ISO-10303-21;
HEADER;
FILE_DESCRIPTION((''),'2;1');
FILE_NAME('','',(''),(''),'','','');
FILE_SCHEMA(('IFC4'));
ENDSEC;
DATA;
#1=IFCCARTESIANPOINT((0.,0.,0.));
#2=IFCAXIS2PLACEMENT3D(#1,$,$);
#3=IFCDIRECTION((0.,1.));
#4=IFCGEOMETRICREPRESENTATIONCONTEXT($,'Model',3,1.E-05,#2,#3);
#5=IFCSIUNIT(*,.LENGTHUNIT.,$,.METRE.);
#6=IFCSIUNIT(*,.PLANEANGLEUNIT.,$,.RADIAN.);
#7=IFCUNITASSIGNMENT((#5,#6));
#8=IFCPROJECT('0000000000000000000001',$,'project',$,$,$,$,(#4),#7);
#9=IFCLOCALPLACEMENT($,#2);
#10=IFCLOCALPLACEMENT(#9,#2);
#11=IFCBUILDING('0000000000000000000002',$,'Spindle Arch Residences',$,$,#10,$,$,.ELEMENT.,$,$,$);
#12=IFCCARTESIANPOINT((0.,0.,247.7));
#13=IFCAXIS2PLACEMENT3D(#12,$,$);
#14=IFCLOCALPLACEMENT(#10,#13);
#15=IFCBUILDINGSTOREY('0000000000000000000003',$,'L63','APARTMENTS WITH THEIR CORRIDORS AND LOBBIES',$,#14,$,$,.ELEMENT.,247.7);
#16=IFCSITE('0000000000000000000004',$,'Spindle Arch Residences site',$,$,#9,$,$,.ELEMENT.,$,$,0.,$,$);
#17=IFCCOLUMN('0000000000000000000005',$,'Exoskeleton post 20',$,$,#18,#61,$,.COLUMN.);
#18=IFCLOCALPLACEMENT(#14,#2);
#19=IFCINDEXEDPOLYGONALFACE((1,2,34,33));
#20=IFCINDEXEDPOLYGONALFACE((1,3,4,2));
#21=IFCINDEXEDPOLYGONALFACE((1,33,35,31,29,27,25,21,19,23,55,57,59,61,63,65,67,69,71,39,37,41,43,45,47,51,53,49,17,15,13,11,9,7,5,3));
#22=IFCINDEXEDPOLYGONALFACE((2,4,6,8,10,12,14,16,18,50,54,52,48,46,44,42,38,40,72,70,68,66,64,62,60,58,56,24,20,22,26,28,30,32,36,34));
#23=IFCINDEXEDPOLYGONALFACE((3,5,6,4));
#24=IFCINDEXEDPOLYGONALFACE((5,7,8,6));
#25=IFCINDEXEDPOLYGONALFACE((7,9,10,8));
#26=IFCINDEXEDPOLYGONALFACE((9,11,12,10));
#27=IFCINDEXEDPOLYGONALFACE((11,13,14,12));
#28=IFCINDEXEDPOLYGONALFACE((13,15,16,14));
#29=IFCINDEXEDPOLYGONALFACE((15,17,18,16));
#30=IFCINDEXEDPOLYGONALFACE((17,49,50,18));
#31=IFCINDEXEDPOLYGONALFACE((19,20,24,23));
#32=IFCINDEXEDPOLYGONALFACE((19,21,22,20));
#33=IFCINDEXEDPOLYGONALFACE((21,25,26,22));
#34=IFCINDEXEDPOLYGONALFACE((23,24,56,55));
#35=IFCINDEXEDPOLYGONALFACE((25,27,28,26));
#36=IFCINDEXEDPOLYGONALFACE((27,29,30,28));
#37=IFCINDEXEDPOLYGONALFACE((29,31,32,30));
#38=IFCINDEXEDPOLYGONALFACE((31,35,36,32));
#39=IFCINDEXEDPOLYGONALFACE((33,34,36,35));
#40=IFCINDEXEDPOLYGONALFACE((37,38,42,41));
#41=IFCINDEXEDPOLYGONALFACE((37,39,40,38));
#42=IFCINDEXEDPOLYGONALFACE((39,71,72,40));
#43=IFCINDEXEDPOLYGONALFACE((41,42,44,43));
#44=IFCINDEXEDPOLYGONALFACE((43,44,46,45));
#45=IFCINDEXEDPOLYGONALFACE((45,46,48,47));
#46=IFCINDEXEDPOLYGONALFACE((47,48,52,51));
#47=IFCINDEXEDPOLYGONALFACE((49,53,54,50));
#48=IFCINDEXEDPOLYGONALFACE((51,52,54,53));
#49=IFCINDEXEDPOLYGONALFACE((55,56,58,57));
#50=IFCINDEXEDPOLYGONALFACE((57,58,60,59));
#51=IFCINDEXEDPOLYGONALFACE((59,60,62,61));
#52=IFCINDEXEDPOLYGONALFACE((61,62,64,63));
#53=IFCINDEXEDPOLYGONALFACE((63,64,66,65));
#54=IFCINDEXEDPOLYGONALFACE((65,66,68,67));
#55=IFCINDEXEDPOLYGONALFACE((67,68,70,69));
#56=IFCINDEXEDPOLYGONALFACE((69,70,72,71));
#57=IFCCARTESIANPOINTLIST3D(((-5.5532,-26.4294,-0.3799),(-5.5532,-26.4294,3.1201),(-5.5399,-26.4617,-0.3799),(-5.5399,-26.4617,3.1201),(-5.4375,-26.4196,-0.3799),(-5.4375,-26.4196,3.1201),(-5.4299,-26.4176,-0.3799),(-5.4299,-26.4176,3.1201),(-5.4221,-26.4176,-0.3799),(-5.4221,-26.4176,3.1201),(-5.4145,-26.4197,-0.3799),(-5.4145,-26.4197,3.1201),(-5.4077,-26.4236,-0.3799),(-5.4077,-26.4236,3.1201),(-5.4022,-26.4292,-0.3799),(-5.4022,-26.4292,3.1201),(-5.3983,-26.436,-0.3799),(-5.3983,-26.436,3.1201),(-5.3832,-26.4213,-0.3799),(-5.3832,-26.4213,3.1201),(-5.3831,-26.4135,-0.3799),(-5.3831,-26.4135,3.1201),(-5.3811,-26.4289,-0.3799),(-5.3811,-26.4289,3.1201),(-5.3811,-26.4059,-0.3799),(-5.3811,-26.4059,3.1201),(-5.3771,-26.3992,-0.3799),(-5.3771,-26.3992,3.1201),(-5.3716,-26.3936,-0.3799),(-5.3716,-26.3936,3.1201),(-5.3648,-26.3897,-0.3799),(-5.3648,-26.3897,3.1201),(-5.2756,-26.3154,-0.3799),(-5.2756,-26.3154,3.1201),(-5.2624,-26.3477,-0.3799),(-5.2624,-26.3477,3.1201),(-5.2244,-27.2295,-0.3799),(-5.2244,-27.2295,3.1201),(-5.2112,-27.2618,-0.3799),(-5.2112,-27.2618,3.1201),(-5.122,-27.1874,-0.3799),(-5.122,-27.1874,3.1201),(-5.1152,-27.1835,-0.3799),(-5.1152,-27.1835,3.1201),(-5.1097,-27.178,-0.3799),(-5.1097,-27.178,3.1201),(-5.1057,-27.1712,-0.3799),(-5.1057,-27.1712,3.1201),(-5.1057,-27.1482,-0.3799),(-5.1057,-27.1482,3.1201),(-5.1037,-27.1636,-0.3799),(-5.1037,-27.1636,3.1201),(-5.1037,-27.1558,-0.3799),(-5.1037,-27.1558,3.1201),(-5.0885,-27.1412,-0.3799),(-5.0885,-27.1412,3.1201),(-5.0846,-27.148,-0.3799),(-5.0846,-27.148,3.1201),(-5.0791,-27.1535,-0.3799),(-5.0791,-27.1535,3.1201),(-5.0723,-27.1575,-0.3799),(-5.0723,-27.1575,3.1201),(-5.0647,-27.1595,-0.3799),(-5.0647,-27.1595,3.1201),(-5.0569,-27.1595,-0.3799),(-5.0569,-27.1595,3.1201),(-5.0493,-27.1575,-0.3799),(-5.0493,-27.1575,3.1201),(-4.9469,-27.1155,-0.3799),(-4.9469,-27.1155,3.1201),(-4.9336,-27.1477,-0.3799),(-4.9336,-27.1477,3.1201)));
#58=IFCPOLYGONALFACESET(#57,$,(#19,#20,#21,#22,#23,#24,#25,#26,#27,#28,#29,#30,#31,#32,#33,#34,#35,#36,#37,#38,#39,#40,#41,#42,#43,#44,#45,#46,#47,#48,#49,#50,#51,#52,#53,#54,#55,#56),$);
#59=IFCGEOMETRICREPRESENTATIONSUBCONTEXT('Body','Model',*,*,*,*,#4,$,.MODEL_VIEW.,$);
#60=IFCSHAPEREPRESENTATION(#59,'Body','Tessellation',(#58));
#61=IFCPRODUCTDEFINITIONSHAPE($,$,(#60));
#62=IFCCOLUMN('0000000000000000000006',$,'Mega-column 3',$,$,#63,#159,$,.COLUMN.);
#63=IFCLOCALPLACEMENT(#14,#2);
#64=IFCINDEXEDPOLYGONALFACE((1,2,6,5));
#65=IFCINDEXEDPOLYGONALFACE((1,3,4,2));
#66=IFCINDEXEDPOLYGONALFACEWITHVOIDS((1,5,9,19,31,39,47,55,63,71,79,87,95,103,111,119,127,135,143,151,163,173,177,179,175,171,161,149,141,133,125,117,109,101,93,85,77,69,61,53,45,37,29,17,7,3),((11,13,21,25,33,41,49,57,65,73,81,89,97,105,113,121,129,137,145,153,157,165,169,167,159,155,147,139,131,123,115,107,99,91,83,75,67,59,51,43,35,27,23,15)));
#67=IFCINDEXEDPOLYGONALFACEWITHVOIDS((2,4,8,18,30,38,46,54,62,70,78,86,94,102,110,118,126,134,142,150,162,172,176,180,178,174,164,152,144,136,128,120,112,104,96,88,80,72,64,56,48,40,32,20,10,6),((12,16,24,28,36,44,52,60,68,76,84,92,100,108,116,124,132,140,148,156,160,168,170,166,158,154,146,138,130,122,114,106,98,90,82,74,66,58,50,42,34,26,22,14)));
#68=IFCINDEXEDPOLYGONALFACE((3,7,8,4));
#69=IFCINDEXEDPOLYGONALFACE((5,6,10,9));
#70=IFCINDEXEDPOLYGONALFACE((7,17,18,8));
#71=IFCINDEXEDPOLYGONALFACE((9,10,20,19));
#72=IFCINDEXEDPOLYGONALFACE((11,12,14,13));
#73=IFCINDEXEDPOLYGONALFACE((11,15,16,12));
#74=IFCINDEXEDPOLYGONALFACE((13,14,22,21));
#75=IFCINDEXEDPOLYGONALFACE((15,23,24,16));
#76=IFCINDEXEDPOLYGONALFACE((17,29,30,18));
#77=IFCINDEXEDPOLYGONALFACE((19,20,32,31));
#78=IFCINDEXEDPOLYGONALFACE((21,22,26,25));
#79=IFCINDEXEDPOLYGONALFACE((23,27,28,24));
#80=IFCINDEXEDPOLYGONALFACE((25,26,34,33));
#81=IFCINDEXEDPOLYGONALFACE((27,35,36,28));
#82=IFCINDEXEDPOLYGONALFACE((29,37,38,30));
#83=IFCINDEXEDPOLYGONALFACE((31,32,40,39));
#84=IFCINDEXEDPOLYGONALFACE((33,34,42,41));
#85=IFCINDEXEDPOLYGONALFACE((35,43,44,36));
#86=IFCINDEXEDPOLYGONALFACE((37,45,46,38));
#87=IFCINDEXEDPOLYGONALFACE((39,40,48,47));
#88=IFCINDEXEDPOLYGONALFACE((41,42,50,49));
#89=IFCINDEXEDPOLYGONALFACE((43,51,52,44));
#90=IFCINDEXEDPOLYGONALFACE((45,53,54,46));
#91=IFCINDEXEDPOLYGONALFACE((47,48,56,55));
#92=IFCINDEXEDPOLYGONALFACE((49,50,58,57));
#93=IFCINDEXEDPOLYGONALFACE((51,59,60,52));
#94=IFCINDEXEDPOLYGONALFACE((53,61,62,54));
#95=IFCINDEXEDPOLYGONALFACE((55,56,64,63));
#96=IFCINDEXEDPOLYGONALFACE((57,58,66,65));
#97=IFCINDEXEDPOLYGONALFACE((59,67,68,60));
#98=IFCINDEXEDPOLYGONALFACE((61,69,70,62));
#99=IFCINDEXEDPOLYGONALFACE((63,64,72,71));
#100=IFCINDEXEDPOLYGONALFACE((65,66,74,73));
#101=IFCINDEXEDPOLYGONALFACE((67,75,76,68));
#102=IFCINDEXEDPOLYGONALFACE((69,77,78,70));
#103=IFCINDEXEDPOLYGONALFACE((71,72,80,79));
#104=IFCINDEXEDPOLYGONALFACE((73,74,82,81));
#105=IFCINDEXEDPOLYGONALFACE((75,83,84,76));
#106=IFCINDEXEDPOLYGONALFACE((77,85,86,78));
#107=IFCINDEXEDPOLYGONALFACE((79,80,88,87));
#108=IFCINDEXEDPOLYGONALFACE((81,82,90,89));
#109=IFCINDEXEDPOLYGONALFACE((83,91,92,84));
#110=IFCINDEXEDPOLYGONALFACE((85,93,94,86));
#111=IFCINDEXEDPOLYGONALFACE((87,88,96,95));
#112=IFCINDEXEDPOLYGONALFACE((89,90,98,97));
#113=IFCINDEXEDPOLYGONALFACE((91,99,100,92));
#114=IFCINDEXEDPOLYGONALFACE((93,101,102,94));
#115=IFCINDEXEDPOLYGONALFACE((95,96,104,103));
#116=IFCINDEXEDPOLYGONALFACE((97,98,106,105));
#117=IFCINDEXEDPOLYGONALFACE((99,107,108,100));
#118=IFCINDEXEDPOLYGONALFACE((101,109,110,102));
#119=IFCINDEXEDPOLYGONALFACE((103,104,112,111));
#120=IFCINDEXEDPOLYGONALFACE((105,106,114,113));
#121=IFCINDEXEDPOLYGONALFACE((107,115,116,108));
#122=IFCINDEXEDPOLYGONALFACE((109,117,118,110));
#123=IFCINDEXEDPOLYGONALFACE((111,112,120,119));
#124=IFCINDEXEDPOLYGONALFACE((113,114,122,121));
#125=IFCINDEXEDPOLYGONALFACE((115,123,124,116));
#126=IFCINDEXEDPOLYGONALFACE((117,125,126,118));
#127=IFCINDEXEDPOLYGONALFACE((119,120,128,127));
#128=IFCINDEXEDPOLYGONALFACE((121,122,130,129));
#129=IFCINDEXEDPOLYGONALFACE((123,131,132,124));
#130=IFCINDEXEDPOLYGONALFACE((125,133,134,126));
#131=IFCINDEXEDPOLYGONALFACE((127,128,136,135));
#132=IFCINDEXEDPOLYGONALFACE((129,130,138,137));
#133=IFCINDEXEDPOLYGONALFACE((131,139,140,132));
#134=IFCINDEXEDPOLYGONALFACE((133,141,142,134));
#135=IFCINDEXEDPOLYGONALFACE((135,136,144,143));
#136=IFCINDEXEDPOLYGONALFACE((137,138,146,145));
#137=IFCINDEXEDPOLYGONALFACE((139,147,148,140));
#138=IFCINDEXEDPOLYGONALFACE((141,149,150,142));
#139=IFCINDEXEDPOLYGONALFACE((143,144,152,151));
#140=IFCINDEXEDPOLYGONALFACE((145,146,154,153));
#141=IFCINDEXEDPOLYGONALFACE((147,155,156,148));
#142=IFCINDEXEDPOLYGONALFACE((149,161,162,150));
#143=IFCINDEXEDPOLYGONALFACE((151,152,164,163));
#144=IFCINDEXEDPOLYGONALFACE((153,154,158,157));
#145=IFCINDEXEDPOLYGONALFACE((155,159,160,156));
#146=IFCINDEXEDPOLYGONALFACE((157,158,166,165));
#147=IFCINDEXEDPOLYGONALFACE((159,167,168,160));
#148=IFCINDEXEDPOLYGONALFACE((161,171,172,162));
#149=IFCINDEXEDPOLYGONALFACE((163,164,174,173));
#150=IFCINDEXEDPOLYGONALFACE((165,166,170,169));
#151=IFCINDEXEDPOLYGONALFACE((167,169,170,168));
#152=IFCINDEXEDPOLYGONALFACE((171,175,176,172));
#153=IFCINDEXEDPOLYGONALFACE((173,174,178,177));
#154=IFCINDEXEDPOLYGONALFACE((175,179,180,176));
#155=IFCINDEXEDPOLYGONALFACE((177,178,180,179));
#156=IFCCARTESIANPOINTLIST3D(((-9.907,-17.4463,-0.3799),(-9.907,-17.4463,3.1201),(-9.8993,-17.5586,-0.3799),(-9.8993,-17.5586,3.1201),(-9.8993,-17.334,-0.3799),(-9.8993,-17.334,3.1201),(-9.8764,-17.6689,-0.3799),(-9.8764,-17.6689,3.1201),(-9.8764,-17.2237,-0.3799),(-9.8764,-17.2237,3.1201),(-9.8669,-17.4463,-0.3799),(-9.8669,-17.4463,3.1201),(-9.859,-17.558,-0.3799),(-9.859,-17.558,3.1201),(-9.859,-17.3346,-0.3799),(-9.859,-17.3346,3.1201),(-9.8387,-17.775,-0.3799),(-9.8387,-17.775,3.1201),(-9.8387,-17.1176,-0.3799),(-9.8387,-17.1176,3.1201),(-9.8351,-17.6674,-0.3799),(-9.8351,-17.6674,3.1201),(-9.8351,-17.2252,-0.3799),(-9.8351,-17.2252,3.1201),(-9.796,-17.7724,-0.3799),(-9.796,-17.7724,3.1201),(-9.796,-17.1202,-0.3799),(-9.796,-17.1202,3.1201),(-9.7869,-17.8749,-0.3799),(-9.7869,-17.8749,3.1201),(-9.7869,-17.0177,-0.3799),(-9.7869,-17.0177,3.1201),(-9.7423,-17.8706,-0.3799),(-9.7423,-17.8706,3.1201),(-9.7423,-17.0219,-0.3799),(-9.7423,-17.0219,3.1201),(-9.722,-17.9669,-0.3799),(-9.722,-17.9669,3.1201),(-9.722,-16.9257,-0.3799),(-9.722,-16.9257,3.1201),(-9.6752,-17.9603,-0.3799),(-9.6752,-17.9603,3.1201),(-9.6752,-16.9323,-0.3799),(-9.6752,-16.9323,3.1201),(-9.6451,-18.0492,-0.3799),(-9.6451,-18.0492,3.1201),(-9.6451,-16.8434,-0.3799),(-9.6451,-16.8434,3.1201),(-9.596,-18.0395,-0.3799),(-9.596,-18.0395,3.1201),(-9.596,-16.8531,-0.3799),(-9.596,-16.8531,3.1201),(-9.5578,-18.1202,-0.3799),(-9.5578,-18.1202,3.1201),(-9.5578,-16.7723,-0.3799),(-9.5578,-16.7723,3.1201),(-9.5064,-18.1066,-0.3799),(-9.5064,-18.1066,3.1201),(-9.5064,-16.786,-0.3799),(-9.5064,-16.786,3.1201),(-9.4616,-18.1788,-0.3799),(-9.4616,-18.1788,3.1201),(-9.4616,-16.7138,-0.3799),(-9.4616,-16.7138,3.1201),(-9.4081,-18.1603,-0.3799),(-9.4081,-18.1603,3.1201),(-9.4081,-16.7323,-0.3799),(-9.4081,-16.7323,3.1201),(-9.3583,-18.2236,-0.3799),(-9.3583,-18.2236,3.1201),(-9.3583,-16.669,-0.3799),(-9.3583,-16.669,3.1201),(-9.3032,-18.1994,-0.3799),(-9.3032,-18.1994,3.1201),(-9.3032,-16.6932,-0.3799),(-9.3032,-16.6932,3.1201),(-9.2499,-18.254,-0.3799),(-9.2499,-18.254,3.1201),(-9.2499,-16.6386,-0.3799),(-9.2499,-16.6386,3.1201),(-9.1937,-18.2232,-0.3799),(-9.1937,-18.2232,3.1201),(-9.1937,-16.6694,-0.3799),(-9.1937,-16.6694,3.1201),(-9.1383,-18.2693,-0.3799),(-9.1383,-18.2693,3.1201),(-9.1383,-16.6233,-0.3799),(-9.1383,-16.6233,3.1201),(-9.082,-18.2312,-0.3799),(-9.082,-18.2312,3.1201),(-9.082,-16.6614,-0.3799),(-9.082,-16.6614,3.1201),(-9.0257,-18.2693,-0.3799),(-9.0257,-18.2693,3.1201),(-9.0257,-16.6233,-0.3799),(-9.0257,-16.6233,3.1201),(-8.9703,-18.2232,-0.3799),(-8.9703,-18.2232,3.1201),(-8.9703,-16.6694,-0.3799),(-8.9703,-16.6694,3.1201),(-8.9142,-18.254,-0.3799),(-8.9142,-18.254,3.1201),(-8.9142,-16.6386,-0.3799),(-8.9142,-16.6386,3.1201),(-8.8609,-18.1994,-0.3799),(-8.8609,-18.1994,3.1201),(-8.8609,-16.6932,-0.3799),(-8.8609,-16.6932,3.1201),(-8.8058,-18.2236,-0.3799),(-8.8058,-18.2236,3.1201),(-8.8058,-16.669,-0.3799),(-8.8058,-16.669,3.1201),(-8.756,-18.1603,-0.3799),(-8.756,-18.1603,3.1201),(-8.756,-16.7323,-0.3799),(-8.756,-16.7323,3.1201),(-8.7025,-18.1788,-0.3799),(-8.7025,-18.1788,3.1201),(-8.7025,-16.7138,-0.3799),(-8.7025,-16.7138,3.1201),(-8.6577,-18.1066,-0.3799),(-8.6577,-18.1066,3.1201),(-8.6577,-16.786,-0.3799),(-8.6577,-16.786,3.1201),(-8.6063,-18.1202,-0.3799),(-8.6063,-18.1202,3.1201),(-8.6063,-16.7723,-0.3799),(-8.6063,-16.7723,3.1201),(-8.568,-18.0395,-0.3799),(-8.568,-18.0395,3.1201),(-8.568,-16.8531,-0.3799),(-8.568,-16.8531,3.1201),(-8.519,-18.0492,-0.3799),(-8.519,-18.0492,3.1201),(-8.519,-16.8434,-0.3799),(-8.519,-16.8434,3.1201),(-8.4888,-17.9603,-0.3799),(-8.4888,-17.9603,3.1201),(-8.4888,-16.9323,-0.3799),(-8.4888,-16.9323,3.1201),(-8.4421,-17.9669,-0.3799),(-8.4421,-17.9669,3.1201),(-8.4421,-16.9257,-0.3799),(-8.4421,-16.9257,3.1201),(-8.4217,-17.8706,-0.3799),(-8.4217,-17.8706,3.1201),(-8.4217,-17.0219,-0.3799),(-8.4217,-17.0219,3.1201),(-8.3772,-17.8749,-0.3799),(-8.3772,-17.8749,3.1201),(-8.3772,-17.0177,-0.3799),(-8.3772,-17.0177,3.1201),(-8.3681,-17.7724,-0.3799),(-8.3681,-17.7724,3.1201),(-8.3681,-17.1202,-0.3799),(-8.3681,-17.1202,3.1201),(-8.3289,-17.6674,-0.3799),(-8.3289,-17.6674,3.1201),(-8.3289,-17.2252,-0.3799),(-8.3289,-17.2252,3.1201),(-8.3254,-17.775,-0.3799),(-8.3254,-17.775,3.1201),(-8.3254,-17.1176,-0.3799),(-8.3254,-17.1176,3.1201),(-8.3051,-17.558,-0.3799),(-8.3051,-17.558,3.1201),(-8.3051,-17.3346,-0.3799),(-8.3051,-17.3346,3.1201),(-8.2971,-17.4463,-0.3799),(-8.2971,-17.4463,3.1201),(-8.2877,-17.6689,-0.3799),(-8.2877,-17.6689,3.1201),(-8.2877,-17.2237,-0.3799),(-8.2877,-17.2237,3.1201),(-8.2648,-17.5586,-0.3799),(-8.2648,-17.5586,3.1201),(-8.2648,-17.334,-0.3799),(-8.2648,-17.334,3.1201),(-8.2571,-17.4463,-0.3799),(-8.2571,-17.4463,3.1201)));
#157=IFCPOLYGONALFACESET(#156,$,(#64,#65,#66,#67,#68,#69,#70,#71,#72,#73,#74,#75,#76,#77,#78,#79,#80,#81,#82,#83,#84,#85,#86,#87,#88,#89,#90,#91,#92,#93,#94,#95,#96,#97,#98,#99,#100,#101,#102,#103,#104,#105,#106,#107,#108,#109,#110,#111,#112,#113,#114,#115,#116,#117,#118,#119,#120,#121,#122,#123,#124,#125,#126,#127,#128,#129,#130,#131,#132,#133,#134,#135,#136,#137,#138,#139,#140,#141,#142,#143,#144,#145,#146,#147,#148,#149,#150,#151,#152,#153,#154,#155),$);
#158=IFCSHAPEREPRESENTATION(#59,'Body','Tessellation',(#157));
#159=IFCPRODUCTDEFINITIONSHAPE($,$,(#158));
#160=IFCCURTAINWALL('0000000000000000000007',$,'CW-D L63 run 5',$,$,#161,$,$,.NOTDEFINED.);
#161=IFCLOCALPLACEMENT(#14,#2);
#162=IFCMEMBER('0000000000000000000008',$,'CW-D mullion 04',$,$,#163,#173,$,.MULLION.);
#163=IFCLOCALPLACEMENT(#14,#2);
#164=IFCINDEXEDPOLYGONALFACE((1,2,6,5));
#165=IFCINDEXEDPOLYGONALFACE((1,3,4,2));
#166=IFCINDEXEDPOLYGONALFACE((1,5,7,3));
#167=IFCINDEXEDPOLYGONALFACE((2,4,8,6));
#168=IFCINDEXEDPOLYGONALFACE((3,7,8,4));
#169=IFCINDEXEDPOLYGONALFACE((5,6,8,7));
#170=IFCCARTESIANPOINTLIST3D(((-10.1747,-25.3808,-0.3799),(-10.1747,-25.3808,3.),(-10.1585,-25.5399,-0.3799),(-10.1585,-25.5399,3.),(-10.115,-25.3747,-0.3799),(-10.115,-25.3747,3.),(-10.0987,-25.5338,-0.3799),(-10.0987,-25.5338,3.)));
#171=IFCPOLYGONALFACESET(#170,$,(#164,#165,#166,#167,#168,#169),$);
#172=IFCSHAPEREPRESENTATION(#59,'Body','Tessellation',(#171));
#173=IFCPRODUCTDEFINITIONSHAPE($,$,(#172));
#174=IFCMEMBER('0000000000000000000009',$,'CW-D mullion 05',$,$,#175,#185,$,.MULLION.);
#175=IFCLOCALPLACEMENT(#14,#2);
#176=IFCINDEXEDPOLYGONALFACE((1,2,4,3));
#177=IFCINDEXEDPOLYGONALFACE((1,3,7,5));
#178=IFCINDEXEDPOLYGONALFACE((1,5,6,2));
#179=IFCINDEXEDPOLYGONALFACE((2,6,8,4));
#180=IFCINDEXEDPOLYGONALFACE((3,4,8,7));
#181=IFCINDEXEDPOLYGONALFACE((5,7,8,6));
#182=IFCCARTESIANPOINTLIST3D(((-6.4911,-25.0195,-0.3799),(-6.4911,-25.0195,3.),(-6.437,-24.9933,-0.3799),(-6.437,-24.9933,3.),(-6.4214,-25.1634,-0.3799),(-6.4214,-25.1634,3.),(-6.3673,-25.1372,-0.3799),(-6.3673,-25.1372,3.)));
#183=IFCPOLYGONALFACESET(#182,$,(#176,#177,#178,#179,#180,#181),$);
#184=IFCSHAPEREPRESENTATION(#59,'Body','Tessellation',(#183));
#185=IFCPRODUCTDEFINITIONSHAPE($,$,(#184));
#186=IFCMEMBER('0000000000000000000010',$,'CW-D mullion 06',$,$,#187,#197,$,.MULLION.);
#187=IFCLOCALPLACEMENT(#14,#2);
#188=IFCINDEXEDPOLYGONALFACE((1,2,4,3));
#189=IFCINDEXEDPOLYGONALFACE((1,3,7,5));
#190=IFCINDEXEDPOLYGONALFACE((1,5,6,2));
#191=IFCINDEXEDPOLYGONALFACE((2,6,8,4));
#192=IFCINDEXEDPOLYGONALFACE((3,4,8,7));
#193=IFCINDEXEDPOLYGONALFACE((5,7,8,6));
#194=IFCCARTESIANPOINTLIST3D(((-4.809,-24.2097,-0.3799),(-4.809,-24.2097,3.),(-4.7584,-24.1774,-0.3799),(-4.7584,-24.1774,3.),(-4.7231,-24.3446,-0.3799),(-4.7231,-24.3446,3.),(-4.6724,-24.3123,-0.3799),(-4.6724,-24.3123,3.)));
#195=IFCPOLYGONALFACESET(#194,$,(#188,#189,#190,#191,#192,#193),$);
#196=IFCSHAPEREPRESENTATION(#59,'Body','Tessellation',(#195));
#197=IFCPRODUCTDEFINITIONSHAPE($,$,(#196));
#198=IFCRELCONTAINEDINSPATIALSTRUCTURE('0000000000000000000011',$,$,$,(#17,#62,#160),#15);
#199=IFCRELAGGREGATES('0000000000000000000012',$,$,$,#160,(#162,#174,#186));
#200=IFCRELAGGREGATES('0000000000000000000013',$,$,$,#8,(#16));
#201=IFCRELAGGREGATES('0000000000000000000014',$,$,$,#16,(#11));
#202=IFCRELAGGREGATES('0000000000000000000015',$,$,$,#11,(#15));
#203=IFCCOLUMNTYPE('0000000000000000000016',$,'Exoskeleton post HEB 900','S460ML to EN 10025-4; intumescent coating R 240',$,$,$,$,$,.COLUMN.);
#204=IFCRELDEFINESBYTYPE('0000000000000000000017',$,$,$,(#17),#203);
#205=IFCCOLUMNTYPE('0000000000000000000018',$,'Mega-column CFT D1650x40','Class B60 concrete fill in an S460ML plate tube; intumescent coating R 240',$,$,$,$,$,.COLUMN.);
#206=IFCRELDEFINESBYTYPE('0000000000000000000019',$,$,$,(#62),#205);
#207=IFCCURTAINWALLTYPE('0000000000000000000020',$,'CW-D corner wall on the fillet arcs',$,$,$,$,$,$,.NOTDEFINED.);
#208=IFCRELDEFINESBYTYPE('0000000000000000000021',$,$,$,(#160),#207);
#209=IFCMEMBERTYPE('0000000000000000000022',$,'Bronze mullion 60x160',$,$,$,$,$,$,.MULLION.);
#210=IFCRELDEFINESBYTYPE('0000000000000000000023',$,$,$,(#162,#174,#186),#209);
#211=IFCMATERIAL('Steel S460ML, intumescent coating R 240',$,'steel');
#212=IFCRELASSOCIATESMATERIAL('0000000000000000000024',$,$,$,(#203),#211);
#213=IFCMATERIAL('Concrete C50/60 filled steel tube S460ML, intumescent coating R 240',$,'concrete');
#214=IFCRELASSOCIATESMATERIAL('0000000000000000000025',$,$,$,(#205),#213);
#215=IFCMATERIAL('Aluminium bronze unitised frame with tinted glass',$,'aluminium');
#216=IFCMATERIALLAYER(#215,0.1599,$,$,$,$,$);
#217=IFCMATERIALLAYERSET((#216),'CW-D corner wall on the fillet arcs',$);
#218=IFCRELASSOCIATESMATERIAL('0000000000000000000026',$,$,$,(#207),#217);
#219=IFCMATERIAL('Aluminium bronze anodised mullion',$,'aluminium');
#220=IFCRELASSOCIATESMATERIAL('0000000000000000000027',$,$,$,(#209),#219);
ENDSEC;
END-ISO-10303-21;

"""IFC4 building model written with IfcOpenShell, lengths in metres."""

from ifc_helpers import new_model, si_unit, direction, frame, origin, origin_2d, place, context, subcontext, project, spatial, rectangle, hollow_circle, i_section, extrude, material, layer, layer_set, material_profile, profile_set, type_object, element, aggregate, save


model = new_model("IFC4")

# Units and contexts
model_context = context("Model", 3, precision=1e-05, world=origin(), true_north=direction((0.0, 1.0)))
body_context = subcontext(model_context, "Body", "Model", "MODEL_VIEW")
ifc_project = project(units=[si_unit("LENGTHUNIT", "METRE"), si_unit("PLANEANGLEUNIT", "RADIAN")], contexts=[model_context])

# Site, building, storey
site_placement = place(None, origin())
site = spatial("IfcSite", under=ifc_project, at=site_placement, Name="Spindle Arch Residences site", CompositionType="ELEMENT", RefElevation=0.0)
building_placement = place(site_placement, origin())
building = spatial("IfcBuilding", under=site, at=building_placement, Name="Spindle Arch Residences", CompositionType="ELEMENT")
storey_placement = place(building_placement, frame((0.0, 0.0, 247.7)))
storey = spatial("IfcBuildingStorey", under=building, at=storey_placement, Name="L63", Description="APARTMENTS WITH THEIR CORRIDORS AND LOBBIES", CompositionType="ELEMENT", Elevation=247.7)

# Columns
ifc_material_1 = material(Name="Steel S460ML, intumescent coating R 240", Category="steel")
ifc_material_profile_1 = material_profile(ifc_material_1, i_section(OverallWidth=0.3, OverallDepth=0.8999, WebThickness=0.0186, FlangeThickness=0.0349, FilletRadius=0.03, at=origin_2d()), Name="HEB 900")
ifc_profile_set_1 = profile_set([ifc_material_profile_1], Name="Steel S460ML, intumescent coating R 240")
column_type_1 = type_object("IfcColumnType", Name="Exoskeleton post HEB 900", Description="S460ML to EN 10025-4; intumescent coating R 240", PredefinedType="COLUMN", material=ifc_profile_set_1)
column_1_placement = place(storey_placement, frame((-5.2434, -26.7886, -0.3799), z_axis=(0.0, 0.0, 1.0), x_axis=(-0.924968, -0.380046, 0.0)))
element("IfcColumn", 1, at=column_1_placement, inside=storey, type_object=column_type_1, Name="Exoskeleton post 20", PredefinedType="COLUMN", context=body_context, shape_type="SweptSolid", body=[
    extrude(i_section(OverallWidth=0.3, OverallDepth=0.8999, WebThickness=0.0186, FlangeThickness=0.0349, FilletRadius=0.03, at=origin_2d()), origin(), (0.0, 0.0, 1.0), 3.5),
])
ifc_material_2 = material(Name="Concrete C50/60 filled steel tube S460ML, intumescent coating R 240", Category="concrete")
ifc_material_profile_2 = material_profile(ifc_material_2, hollow_circle(Radius=0.825, WallThickness=0.04, at=origin_2d()), Name="CFT D1650x40")
ifc_profile_set_2 = profile_set([ifc_material_profile_2], Name="Concrete C50/60 filled steel tube S460ML, intumescent coating R 240")
column_type_2 = type_object("IfcColumnType", Name="Mega-column CFT D1650x40", Description="Class B60 concrete fill in an S460ML plate tube; intumescent coating R 240", PredefinedType="COLUMN", material=ifc_profile_set_2)
column_2_placement = place(storey_placement, frame((-9.082, -17.4463, -0.3799), z_axis=(0.0, 0.0, 1.0), x_axis=(1.0, 0.0, 0.0)))
element("IfcColumn", 2, at=column_2_placement, inside=storey, type_object=column_type_2, Name="Mega-column 3", PredefinedType="COLUMN", context=body_context, shape_type="SweptSolid", body=[
    extrude(hollow_circle(Radius=0.825, WallThickness=0.04, at=origin_2d()), origin(), (0.0, 0.0, 1.0), 3.5),
])

# Curtain wall, members
ifc_material_3 = material(Name="Aluminium bronze unitised frame with tinted glass", Category="aluminium")
ifc_layer_1 = layer(ifc_material_3, 0.1599)
ifc_layer_set_1 = layer_set([ifc_layer_1], Name="CW-D corner wall on the fillet arcs")
curtain_wall_type = type_object("IfcCurtainWallType", Name="CW-D corner wall on the fillet arcs", PredefinedType="NOTDEFINED", material=ifc_layer_set_1)
curtain_wall_placement = place(storey_placement, origin())
curtain_wall = element("IfcCurtainWall", 3, at=curtain_wall_placement, inside=storey, type_object=curtain_wall_type, Name="CW-D L63 run 5", PredefinedType="NOTDEFINED")
ifc_material_4 = material(Name="Aluminium bronze anodised mullion", Category="aluminium")
ifc_material_profile_3 = material_profile(ifc_material_4, rectangle(XDim=0.1599, YDim=0.0601, at=origin_2d()), Name="MU 60x160")
ifc_profile_set_3 = profile_set([ifc_material_profile_3], Name="Aluminium bronze anodised mullion")
member_type_1 = type_object("IfcMemberType", Name="Bronze mullion 60x160", PredefinedType="MULLION", material=ifc_profile_set_3)
member_1_placement = place(storey_placement, frame((-10.1367, -25.4573, -0.3799), z_axis=(0.0, 0.0, 1.0), x_axis=(-0.101635, 0.994822, 0.0)))
member_1 = element("IfcMember", 4, at=member_1_placement, type_object=member_type_1, Name="CW-D mullion 04", PredefinedType="MULLION", context=body_context, shape_type="SweptSolid", body=[
    extrude(rectangle(XDim=0.1599, YDim=0.0601, at=origin_2d()), origin(), (0.0, 0.0, 1.0), 3.3799),
])
member_2_placement = place(storey_placement, frame((-6.4292, -25.0784, -0.3799), z_axis=(0.0, 0.0, 1.0), x_axis=(-0.435755, 0.900065, 0.0)))
member_2 = element("IfcMember", 5, at=member_2_placement, type_object=member_type_1, Name="CW-D mullion 05", PredefinedType="MULLION", context=body_context, shape_type="SweptSolid", body=[
    extrude(rectangle(XDim=0.1599, YDim=0.0601, at=origin_2d()), origin(), (0.0, 0.0, 1.0), 3.3799),
])
member_3_placement = place(storey_placement, frame((-4.7407, -24.261, -0.3799), z_axis=(0.0, 0.0, 1.0), x_axis=(-0.5373, 0.843391, 0.0)))
member_3 = element("IfcMember", 6, at=member_3_placement, type_object=member_type_1, Name="CW-D mullion 06", PredefinedType="MULLION", context=body_context, shape_type="SweptSolid", body=[
    extrude(rectangle(XDim=0.1599, YDim=0.0601, at=origin_2d()), origin(), (0.0, 0.0, 1.0), 3.3799),
])

aggregate(curtain_wall, [member_1, member_2, member_3])

save(model, "model.ifc")
